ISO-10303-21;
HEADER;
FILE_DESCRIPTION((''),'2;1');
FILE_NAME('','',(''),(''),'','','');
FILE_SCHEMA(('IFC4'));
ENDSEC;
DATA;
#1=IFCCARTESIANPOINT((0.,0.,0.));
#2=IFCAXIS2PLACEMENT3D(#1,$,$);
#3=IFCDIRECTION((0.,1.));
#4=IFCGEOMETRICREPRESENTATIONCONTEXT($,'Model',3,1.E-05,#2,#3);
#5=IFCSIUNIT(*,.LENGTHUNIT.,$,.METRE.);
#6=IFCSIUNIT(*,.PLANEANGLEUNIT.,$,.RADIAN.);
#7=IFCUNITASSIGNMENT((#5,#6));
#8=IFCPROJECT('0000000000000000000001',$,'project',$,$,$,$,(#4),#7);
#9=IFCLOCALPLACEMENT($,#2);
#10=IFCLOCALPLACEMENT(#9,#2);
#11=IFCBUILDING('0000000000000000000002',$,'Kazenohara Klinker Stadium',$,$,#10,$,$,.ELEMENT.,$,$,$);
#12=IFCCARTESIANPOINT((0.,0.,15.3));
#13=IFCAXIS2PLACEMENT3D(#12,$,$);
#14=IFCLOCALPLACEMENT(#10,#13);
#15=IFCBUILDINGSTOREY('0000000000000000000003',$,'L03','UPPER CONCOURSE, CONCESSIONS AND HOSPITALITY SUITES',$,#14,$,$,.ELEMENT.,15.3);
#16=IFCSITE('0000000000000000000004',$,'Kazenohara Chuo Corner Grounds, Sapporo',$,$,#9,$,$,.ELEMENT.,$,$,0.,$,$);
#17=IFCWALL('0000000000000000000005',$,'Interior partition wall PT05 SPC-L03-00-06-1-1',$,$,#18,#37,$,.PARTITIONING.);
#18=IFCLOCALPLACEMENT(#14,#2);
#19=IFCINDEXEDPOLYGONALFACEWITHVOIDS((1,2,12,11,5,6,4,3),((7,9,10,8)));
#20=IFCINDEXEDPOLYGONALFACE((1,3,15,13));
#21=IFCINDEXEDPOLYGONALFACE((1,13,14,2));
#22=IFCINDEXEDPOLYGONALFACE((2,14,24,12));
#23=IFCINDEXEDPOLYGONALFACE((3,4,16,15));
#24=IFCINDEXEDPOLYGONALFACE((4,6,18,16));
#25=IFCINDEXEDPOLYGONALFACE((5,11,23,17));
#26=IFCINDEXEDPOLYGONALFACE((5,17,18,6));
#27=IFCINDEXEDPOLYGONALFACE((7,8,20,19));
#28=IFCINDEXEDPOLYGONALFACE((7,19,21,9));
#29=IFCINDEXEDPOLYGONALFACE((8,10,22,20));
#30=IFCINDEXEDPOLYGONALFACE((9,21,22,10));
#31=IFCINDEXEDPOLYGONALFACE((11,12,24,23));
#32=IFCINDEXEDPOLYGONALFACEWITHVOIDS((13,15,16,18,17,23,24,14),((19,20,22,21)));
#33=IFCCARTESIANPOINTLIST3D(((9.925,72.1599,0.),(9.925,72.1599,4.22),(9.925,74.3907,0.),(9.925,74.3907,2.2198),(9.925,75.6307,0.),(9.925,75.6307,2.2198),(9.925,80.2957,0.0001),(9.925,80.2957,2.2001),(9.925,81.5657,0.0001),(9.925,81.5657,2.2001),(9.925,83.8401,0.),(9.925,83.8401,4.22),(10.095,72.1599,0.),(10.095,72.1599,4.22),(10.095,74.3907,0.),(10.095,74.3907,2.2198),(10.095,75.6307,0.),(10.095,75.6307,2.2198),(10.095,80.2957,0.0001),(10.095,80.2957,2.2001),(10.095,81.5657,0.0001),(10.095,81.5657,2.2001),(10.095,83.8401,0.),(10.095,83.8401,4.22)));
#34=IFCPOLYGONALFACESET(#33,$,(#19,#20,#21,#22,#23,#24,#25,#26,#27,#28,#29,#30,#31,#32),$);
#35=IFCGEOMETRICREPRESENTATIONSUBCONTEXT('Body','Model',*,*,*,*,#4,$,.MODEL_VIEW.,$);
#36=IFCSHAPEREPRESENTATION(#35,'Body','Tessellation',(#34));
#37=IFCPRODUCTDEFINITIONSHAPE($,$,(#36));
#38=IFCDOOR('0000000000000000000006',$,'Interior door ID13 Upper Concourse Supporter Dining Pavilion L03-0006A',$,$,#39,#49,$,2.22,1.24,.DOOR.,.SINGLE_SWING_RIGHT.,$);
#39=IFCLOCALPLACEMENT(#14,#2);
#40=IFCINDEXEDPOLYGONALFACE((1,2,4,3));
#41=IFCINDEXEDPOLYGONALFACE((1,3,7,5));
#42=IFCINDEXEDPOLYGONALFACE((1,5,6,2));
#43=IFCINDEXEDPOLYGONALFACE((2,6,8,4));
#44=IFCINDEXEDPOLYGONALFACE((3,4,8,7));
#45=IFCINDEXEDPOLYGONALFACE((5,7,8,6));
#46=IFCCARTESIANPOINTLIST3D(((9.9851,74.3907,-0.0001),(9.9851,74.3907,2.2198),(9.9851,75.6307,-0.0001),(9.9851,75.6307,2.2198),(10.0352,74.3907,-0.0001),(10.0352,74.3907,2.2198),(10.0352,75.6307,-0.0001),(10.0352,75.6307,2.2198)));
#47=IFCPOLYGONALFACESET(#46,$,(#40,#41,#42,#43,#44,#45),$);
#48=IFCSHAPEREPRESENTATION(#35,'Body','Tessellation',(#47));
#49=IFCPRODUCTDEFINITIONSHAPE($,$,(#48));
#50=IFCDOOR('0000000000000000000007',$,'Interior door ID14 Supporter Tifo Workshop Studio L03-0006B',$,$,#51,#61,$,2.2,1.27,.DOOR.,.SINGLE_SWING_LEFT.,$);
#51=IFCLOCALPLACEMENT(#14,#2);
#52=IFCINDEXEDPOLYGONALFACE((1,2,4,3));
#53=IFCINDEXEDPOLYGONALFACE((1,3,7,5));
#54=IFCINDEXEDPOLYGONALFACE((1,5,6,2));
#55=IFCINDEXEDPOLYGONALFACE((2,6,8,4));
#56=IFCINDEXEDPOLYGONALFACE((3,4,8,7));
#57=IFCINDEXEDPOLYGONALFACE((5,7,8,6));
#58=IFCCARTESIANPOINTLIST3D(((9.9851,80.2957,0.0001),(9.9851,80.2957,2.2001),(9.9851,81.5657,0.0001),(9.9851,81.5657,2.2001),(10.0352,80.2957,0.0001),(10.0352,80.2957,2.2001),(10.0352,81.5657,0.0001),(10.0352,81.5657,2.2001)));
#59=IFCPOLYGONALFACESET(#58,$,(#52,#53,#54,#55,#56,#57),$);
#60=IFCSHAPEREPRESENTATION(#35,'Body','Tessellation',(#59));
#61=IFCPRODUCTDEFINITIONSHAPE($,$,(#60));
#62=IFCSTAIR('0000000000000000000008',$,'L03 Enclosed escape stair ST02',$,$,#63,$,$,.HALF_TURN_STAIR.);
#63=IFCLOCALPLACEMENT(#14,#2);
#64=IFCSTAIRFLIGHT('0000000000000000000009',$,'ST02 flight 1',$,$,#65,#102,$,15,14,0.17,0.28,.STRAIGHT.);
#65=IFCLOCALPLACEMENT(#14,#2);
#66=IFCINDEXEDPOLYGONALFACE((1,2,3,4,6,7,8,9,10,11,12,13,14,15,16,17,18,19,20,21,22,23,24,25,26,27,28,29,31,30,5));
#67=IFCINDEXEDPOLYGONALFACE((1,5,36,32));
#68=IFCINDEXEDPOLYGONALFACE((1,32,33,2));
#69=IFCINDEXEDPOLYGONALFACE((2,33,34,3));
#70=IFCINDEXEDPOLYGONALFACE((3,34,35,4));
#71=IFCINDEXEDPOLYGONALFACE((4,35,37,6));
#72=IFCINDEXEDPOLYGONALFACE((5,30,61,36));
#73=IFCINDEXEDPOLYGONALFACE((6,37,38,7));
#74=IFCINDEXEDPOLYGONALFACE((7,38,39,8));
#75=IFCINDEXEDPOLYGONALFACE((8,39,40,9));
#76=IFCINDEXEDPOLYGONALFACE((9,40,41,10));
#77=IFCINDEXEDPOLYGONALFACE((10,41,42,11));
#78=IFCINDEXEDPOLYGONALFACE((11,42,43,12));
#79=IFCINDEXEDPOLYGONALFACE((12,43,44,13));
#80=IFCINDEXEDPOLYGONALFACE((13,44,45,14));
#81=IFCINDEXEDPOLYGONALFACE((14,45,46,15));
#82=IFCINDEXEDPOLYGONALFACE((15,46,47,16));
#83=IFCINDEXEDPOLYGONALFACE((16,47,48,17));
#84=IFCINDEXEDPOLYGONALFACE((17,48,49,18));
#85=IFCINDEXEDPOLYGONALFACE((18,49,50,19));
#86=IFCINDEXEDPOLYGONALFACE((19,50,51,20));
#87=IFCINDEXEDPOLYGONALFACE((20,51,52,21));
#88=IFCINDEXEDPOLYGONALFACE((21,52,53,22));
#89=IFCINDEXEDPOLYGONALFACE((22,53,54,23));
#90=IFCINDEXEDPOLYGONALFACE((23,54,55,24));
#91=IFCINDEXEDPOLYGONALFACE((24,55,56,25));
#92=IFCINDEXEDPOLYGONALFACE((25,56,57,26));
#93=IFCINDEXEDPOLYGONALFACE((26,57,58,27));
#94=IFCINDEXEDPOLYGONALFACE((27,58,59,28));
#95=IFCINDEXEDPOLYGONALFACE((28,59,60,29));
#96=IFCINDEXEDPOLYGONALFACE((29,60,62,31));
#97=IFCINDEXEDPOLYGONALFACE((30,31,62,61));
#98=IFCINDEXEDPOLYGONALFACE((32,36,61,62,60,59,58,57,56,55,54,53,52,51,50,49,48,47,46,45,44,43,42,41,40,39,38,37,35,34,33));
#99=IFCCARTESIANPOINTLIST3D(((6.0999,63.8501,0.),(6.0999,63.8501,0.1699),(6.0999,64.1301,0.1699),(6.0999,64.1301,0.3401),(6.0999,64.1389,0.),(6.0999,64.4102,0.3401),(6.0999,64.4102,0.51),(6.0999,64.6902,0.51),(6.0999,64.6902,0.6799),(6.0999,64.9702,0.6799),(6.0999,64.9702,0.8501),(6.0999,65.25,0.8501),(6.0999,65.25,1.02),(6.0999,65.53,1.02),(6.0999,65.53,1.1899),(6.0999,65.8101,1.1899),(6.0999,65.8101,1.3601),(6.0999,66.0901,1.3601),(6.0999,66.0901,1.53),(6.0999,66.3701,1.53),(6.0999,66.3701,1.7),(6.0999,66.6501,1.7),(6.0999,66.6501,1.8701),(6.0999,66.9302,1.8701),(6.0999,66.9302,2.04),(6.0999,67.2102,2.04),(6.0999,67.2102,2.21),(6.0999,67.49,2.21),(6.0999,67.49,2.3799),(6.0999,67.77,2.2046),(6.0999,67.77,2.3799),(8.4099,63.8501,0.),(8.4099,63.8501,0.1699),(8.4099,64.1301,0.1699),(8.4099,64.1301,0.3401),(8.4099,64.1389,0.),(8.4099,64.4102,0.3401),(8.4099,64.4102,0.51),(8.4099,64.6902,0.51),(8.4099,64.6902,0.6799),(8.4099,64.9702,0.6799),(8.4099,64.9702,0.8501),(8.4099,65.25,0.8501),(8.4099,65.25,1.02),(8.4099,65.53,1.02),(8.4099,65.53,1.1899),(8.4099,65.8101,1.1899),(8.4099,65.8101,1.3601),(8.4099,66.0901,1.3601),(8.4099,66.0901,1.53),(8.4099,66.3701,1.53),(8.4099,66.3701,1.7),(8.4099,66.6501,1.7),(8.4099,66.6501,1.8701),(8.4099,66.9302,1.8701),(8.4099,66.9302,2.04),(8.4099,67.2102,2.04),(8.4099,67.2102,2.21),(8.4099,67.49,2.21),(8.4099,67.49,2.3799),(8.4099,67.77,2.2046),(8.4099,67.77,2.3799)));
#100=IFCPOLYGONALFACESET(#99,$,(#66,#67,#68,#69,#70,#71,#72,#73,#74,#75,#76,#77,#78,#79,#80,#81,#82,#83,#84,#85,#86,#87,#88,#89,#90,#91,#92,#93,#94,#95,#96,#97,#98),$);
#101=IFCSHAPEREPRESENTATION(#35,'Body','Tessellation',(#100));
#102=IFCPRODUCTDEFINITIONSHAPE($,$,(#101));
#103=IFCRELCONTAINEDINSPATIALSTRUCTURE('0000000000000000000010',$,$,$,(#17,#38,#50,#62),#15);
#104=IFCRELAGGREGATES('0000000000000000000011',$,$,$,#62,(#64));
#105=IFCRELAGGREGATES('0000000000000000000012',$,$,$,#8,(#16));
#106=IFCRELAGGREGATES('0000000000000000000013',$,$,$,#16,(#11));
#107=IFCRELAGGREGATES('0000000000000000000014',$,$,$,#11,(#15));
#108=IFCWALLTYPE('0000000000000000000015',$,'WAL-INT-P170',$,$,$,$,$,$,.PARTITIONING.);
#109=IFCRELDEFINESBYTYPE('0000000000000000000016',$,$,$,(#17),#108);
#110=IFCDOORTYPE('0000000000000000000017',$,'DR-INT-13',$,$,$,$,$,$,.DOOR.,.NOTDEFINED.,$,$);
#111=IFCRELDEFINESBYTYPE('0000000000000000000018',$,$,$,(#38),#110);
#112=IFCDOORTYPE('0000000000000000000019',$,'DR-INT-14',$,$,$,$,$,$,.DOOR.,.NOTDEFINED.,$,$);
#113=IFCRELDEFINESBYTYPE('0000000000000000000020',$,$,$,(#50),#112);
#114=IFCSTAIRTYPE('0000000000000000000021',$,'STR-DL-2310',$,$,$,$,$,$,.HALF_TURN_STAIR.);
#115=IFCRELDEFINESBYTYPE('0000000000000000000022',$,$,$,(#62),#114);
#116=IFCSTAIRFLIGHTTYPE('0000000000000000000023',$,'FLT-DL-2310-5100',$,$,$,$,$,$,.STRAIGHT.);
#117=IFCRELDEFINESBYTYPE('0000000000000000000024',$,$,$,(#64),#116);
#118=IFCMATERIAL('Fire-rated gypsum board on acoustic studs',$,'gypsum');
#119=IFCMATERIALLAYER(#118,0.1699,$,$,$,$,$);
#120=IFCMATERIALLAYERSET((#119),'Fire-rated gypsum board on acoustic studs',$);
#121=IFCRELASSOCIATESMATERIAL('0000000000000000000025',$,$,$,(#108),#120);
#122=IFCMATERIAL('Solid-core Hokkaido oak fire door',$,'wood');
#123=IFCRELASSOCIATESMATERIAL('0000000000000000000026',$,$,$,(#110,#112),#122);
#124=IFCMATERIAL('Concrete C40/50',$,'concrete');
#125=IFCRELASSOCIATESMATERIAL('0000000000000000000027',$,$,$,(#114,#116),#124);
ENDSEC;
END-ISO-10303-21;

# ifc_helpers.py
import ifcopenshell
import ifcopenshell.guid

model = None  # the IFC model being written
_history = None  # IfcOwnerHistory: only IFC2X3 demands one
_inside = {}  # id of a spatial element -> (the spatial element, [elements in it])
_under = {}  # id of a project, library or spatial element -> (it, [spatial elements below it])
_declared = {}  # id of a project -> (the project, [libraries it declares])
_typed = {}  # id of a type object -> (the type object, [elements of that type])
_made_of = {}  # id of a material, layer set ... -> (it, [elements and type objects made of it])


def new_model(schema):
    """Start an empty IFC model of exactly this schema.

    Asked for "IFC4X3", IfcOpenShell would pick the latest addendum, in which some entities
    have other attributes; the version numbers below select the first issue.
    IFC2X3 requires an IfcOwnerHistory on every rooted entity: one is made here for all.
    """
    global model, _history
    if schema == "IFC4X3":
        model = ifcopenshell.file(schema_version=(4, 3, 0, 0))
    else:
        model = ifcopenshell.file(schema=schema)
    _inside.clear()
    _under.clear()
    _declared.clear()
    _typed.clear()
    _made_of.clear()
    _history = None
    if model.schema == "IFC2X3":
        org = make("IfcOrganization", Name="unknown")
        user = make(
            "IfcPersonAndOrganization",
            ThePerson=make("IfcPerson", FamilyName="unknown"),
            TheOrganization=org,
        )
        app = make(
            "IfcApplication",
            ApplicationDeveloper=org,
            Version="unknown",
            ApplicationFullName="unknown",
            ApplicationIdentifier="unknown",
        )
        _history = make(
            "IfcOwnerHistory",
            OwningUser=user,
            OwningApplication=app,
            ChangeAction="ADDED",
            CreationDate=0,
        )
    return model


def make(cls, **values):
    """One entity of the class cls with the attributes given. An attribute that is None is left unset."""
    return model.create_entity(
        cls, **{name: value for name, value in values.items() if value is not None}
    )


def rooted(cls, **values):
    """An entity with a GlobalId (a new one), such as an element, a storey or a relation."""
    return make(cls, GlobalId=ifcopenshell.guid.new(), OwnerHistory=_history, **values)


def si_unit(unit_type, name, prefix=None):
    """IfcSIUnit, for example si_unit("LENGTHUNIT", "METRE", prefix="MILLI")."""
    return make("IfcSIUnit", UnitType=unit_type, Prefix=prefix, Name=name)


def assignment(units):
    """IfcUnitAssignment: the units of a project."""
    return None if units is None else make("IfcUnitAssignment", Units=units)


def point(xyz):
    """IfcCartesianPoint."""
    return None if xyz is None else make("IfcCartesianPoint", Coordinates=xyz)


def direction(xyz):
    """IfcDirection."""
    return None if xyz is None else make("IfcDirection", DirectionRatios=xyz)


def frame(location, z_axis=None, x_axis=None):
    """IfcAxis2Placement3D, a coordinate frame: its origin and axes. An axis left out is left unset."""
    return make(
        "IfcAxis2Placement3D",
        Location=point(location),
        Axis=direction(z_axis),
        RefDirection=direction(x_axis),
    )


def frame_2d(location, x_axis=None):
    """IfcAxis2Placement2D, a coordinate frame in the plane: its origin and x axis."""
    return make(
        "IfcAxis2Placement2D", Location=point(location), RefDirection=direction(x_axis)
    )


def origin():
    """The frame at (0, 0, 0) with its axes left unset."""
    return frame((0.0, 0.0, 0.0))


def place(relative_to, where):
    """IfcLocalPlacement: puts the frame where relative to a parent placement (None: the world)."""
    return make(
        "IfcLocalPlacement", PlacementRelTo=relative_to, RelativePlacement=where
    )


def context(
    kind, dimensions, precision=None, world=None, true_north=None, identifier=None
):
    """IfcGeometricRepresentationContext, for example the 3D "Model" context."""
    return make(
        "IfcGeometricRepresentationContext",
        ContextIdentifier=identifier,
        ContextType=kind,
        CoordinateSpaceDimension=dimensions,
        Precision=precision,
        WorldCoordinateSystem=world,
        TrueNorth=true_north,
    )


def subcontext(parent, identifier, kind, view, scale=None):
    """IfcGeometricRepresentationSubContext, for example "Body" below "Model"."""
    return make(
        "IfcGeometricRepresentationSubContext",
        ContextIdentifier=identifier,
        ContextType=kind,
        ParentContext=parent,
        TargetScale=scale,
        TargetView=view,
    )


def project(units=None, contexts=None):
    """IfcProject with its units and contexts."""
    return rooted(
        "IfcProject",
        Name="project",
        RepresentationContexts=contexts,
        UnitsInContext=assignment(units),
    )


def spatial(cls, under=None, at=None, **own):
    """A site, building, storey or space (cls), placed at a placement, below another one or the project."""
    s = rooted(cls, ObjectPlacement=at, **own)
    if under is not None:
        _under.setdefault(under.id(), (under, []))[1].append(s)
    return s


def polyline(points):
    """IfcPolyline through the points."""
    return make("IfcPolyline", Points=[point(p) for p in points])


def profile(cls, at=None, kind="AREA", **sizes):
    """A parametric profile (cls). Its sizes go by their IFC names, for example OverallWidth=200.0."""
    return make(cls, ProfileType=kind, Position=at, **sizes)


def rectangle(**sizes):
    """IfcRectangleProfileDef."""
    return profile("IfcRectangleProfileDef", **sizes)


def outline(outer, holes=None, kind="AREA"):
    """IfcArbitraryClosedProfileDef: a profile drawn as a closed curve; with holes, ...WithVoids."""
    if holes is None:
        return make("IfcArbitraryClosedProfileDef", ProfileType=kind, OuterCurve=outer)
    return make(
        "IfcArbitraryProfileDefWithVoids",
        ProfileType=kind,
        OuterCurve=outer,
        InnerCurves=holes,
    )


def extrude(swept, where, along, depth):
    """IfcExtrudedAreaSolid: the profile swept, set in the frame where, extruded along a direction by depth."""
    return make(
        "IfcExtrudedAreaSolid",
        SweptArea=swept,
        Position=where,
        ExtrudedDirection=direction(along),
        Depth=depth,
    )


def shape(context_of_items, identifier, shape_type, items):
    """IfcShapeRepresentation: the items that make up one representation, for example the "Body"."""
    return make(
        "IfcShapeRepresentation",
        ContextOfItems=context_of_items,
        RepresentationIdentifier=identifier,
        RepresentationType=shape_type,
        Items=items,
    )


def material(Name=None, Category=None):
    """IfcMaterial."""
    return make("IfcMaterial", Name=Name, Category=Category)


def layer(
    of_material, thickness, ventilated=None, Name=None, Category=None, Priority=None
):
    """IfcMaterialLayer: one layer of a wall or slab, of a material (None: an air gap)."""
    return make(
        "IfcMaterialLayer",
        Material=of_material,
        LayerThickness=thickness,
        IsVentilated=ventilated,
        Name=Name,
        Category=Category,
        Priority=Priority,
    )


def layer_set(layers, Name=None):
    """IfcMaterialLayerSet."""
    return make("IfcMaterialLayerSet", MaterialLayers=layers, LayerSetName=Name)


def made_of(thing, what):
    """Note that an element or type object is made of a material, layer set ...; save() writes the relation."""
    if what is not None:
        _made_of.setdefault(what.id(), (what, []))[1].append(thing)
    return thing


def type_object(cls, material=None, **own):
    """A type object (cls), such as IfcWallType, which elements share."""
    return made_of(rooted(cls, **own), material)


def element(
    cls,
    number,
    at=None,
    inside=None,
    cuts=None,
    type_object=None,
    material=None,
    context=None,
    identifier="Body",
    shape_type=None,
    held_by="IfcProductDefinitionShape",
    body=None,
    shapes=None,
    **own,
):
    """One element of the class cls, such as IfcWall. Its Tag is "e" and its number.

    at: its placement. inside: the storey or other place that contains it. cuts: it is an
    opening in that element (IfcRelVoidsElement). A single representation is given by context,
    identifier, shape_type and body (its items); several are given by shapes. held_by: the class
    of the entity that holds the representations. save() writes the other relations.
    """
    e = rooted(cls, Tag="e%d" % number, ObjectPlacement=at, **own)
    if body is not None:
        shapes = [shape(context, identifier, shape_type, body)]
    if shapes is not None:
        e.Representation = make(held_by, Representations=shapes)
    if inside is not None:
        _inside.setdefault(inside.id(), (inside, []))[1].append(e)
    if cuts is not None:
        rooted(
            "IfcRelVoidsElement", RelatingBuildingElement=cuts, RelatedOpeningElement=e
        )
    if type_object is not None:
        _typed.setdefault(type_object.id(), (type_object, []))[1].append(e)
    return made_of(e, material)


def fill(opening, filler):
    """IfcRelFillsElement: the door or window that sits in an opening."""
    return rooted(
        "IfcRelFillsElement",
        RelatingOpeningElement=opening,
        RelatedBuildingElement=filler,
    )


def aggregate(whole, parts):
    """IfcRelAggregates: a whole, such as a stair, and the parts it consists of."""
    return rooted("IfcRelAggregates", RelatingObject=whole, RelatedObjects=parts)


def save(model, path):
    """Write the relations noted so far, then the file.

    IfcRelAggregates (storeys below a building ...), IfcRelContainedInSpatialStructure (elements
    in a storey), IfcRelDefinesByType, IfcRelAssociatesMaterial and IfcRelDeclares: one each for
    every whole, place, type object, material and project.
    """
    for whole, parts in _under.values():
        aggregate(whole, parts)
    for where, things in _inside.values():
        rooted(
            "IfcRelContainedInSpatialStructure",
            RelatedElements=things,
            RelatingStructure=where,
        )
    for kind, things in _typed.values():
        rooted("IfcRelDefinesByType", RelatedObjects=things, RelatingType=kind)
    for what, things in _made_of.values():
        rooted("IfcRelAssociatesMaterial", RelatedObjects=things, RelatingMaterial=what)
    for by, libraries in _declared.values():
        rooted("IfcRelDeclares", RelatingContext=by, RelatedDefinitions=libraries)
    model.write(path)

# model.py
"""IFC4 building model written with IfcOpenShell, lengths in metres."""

from ifc_helpers import new_model, si_unit, direction, frame, frame_2d, origin, place, context, subcontext, project, spatial, polyline, rectangle, outline, extrude, material, layer, layer_set, type_object, element, fill, aggregate, save


model = new_model("IFC4")

# Units and contexts
model_context = context("Model", 3, precision=1e-05, world=origin(), true_north=direction((0.0, 1.0)))
body_context = subcontext(model_context, "Body", "Model", "MODEL_VIEW")
ifc_project = project(units=[si_unit("LENGTHUNIT", "METRE"), si_unit("PLANEANGLEUNIT", "RADIAN")], contexts=[model_context])

# Site, building, storey
site_placement = place(None, origin())
site = spatial("IfcSite", under=ifc_project, at=site_placement, Name="Kazenohara Chuo Corner Grounds, Sapporo", CompositionType="ELEMENT", RefElevation=0.0)
building_placement = place(site_placement, origin())
building = spatial("IfcBuilding", under=site, at=building_placement, Name="Kazenohara Klinker Stadium", CompositionType="ELEMENT")
storey_placement = place(building_placement, frame((0.0, 0.0, 15.3)))
storey = spatial("IfcBuildingStorey", under=building, at=storey_placement, Name="L03", Description="UPPER CONCOURSE, CONCESSIONS AND HOSPITALITY SUITES", CompositionType="ELEMENT", Elevation=15.3)

# Shared definitions
ifc_material_1 = material(Name="Concrete C40/50", Category="concrete")

# Shared definitions
ifc_material_2 = material(Name="Fire-rated gypsum board on acoustic studs", Category="gypsum")

# Wall, openings, doors
ifc_layer_1 = layer(ifc_material_2, 0.1699)
ifc_layer_set_1 = layer_set([ifc_layer_1], Name="Fire-rated gypsum board on acoustic studs")
wall_type_1 = type_object("IfcWallType", Name="WAL-INT-P170", PredefinedType="PARTITIONING", material=ifc_layer_set_1)
wall_1_placement = place(storey_placement, frame((10.01, 72.1599, 0.0), z_axis=(0.0, 0.0, 1.0), x_axis=(0.0, 1.0, 0.0)))
wall_1 = element("IfcWall", 1, at=wall_1_placement, inside=storey, type_object=wall_type_1, Name="Interior partition wall PT05 SPC-L03-00-06-1-1", PredefinedType="PARTITIONING", context=body_context, shape_type="SweptSolid", body=[
    extrude(rectangle(XDim=11.6802, YDim=0.1699, at=frame_2d((5.8401, 0.0))), origin(), (0.0, 0.0, 1.0), 4.22),
])
opening_1_placement = place(wall_1_placement, frame((2.2307, 0.0, 0.0)))
opening_1 = element("IfcOpeningElement", 2, at=opening_1_placement, cuts=wall_1, PredefinedType="OPENING", context=body_context, shape_type="SweptSolid", body=[
    extrude(rectangle(XDim=1.24, YDim=2.22, at=frame_2d((0.6201, 1.1099))), frame((0.0, 0.095, 0.0), z_axis=(0.0, -1.0, 0.0), x_axis=(1.0, 0.0, 0.0)), (0.0, 0.0, 1.0), 0.1899),
])
opening_2_placement = place(wall_1_placement, frame((8.1357, 0.0, 0.0)))
opening_2 = element("IfcOpeningElement", 3, at=opening_2_placement, cuts=wall_1, PredefinedType="OPENING", context=body_context, shape_type="SweptSolid", body=[
    extrude(rectangle(XDim=1.27, YDim=2.2, at=frame_2d((0.635, 1.1001))), frame((0.0, 0.095, 0.0), z_axis=(0.0, -1.0, 0.0), x_axis=(1.0, 0.0, 0.0)), (0.0, 0.0, 1.0), 0.1899),
])
ifc_material_3 = material(Name="Solid-core Hokkaido oak fire door", Category="wood")
door_type_1 = type_object("IfcDoorType", Name="DR-INT-13", OperationType="NOTDEFINED", PredefinedType="DOOR", material=ifc_material_3)
door_1_placement = place(opening_1_placement, origin())
door_1 = element("IfcDoor", 4, at=door_1_placement, inside=storey, type_object=door_type_1, Name="Interior door ID13 Upper Concourse Supporter Dining Pavilion L03-0006A", OperationType="SINGLE_SWING_RIGHT", OverallHeight=2.22, OverallWidth=1.24, PredefinedType="DOOR", context=body_context, shape_type="SweptSolid", body=[
    extrude(rectangle(XDim=1.24, YDim=2.22, at=frame_2d((0.6201, 1.1099))), frame((0.0, 0.0249, 0.0), z_axis=(0.0, -1.0, 0.0), x_axis=(1.0, 0.0, 0.0)), (0.0, 0.0, 1.0), 0.05),
])
fill(opening_1, door_1)
door_type_2 = type_object("IfcDoorType", Name="DR-INT-14", OperationType="NOTDEFINED", PredefinedType="DOOR", material=ifc_material_3)
door_2_placement = place(opening_2_placement, origin())
door_2 = element("IfcDoor", 5, at=door_2_placement, inside=storey, type_object=door_type_2, Name="Interior door ID14 Supporter Tifo Workshop Studio L03-0006B", OperationType="SINGLE_SWING_LEFT", OverallHeight=2.2, OverallWidth=1.27, PredefinedType="DOOR", context=body_context, shape_type="SweptSolid", body=[
    extrude(rectangle(XDim=1.27, YDim=2.2, at=frame_2d((0.635, 1.1001))), frame((0.0, 0.0249, 0.0), z_axis=(0.0, -1.0, 0.0), x_axis=(1.0, 0.0, 0.0)), (0.0, 0.0, 1.0), 0.05),
])
fill(opening_2, door_2)

# Stair, stair flight
stair_type = type_object("IfcStairType", Name="STR-DL-2310", PredefinedType="HALF_TURN_STAIR", material=ifc_material_1)
stair_placement = place(storey_placement, origin())
stair = element("IfcStair", 6, at=stair_placement, inside=storey, type_object=stair_type, Name="L03 Enclosed escape stair ST02", PredefinedType="HALF_TURN_STAIR")
stair_flight_type = type_object("IfcStairFlightType", Name="FLT-DL-2310-5100", PredefinedType="STRAIGHT", material=ifc_material_1)
stair_flight_placement = place(storey_placement, frame((7.2549, 63.8501, 0.0), z_axis=(0.0, 0.0, 1.0), x_axis=(0.0, 1.0, 0.0)))
stair_flight = element("IfcStairFlight", 7, at=stair_flight_placement, type_object=stair_flight_type, Name="ST02 flight 1", NumberOfRisers=15, NumberOfTreads=14, PredefinedType="STRAIGHT", RiserHeight=0.17, TreadLength=0.28, context=body_context, shape_type="SweptSolid", body=[
    extrude(outline(polyline([(0.0, 0.0), (0.0, 0.1699), (0.28, 0.1699), (0.28, 0.3401), (0.5601, 0.3401), (0.5601, 0.51), (0.8401, 0.51), (0.8401, 0.6799), (1.1201, 0.6799), (1.1201, 0.8501), (1.3999, 0.8501), (1.3999, 1.02), (1.6799, 1.02), (1.6799, 1.1899), (1.96, 1.1899), (1.96, 1.3601), (2.24, 1.3601), (2.24, 1.53), (2.52, 1.53), (2.52, 1.7), (2.8, 1.7), (2.8, 1.8701), (3.0801, 1.8701), (3.0801, 2.04), (3.3601, 2.04), (3.3601, 2.21), (3.6399, 2.21), (3.6399, 2.3799), (3.9199, 2.3799), (3.9199, 2.55), (3.9199, 2.2046), (0.2888, 0.0), (0.0, 0.0)])), frame((0.0, 1.155, 0.0), z_axis=(0.0, -1.0, 0.0), x_axis=(1.0, 0.0, 0.0)), (0.0, 0.0, 1.0), 2.3101),
])
aggregate(stair, [stair_flight])

save(model, "model.ifc")
